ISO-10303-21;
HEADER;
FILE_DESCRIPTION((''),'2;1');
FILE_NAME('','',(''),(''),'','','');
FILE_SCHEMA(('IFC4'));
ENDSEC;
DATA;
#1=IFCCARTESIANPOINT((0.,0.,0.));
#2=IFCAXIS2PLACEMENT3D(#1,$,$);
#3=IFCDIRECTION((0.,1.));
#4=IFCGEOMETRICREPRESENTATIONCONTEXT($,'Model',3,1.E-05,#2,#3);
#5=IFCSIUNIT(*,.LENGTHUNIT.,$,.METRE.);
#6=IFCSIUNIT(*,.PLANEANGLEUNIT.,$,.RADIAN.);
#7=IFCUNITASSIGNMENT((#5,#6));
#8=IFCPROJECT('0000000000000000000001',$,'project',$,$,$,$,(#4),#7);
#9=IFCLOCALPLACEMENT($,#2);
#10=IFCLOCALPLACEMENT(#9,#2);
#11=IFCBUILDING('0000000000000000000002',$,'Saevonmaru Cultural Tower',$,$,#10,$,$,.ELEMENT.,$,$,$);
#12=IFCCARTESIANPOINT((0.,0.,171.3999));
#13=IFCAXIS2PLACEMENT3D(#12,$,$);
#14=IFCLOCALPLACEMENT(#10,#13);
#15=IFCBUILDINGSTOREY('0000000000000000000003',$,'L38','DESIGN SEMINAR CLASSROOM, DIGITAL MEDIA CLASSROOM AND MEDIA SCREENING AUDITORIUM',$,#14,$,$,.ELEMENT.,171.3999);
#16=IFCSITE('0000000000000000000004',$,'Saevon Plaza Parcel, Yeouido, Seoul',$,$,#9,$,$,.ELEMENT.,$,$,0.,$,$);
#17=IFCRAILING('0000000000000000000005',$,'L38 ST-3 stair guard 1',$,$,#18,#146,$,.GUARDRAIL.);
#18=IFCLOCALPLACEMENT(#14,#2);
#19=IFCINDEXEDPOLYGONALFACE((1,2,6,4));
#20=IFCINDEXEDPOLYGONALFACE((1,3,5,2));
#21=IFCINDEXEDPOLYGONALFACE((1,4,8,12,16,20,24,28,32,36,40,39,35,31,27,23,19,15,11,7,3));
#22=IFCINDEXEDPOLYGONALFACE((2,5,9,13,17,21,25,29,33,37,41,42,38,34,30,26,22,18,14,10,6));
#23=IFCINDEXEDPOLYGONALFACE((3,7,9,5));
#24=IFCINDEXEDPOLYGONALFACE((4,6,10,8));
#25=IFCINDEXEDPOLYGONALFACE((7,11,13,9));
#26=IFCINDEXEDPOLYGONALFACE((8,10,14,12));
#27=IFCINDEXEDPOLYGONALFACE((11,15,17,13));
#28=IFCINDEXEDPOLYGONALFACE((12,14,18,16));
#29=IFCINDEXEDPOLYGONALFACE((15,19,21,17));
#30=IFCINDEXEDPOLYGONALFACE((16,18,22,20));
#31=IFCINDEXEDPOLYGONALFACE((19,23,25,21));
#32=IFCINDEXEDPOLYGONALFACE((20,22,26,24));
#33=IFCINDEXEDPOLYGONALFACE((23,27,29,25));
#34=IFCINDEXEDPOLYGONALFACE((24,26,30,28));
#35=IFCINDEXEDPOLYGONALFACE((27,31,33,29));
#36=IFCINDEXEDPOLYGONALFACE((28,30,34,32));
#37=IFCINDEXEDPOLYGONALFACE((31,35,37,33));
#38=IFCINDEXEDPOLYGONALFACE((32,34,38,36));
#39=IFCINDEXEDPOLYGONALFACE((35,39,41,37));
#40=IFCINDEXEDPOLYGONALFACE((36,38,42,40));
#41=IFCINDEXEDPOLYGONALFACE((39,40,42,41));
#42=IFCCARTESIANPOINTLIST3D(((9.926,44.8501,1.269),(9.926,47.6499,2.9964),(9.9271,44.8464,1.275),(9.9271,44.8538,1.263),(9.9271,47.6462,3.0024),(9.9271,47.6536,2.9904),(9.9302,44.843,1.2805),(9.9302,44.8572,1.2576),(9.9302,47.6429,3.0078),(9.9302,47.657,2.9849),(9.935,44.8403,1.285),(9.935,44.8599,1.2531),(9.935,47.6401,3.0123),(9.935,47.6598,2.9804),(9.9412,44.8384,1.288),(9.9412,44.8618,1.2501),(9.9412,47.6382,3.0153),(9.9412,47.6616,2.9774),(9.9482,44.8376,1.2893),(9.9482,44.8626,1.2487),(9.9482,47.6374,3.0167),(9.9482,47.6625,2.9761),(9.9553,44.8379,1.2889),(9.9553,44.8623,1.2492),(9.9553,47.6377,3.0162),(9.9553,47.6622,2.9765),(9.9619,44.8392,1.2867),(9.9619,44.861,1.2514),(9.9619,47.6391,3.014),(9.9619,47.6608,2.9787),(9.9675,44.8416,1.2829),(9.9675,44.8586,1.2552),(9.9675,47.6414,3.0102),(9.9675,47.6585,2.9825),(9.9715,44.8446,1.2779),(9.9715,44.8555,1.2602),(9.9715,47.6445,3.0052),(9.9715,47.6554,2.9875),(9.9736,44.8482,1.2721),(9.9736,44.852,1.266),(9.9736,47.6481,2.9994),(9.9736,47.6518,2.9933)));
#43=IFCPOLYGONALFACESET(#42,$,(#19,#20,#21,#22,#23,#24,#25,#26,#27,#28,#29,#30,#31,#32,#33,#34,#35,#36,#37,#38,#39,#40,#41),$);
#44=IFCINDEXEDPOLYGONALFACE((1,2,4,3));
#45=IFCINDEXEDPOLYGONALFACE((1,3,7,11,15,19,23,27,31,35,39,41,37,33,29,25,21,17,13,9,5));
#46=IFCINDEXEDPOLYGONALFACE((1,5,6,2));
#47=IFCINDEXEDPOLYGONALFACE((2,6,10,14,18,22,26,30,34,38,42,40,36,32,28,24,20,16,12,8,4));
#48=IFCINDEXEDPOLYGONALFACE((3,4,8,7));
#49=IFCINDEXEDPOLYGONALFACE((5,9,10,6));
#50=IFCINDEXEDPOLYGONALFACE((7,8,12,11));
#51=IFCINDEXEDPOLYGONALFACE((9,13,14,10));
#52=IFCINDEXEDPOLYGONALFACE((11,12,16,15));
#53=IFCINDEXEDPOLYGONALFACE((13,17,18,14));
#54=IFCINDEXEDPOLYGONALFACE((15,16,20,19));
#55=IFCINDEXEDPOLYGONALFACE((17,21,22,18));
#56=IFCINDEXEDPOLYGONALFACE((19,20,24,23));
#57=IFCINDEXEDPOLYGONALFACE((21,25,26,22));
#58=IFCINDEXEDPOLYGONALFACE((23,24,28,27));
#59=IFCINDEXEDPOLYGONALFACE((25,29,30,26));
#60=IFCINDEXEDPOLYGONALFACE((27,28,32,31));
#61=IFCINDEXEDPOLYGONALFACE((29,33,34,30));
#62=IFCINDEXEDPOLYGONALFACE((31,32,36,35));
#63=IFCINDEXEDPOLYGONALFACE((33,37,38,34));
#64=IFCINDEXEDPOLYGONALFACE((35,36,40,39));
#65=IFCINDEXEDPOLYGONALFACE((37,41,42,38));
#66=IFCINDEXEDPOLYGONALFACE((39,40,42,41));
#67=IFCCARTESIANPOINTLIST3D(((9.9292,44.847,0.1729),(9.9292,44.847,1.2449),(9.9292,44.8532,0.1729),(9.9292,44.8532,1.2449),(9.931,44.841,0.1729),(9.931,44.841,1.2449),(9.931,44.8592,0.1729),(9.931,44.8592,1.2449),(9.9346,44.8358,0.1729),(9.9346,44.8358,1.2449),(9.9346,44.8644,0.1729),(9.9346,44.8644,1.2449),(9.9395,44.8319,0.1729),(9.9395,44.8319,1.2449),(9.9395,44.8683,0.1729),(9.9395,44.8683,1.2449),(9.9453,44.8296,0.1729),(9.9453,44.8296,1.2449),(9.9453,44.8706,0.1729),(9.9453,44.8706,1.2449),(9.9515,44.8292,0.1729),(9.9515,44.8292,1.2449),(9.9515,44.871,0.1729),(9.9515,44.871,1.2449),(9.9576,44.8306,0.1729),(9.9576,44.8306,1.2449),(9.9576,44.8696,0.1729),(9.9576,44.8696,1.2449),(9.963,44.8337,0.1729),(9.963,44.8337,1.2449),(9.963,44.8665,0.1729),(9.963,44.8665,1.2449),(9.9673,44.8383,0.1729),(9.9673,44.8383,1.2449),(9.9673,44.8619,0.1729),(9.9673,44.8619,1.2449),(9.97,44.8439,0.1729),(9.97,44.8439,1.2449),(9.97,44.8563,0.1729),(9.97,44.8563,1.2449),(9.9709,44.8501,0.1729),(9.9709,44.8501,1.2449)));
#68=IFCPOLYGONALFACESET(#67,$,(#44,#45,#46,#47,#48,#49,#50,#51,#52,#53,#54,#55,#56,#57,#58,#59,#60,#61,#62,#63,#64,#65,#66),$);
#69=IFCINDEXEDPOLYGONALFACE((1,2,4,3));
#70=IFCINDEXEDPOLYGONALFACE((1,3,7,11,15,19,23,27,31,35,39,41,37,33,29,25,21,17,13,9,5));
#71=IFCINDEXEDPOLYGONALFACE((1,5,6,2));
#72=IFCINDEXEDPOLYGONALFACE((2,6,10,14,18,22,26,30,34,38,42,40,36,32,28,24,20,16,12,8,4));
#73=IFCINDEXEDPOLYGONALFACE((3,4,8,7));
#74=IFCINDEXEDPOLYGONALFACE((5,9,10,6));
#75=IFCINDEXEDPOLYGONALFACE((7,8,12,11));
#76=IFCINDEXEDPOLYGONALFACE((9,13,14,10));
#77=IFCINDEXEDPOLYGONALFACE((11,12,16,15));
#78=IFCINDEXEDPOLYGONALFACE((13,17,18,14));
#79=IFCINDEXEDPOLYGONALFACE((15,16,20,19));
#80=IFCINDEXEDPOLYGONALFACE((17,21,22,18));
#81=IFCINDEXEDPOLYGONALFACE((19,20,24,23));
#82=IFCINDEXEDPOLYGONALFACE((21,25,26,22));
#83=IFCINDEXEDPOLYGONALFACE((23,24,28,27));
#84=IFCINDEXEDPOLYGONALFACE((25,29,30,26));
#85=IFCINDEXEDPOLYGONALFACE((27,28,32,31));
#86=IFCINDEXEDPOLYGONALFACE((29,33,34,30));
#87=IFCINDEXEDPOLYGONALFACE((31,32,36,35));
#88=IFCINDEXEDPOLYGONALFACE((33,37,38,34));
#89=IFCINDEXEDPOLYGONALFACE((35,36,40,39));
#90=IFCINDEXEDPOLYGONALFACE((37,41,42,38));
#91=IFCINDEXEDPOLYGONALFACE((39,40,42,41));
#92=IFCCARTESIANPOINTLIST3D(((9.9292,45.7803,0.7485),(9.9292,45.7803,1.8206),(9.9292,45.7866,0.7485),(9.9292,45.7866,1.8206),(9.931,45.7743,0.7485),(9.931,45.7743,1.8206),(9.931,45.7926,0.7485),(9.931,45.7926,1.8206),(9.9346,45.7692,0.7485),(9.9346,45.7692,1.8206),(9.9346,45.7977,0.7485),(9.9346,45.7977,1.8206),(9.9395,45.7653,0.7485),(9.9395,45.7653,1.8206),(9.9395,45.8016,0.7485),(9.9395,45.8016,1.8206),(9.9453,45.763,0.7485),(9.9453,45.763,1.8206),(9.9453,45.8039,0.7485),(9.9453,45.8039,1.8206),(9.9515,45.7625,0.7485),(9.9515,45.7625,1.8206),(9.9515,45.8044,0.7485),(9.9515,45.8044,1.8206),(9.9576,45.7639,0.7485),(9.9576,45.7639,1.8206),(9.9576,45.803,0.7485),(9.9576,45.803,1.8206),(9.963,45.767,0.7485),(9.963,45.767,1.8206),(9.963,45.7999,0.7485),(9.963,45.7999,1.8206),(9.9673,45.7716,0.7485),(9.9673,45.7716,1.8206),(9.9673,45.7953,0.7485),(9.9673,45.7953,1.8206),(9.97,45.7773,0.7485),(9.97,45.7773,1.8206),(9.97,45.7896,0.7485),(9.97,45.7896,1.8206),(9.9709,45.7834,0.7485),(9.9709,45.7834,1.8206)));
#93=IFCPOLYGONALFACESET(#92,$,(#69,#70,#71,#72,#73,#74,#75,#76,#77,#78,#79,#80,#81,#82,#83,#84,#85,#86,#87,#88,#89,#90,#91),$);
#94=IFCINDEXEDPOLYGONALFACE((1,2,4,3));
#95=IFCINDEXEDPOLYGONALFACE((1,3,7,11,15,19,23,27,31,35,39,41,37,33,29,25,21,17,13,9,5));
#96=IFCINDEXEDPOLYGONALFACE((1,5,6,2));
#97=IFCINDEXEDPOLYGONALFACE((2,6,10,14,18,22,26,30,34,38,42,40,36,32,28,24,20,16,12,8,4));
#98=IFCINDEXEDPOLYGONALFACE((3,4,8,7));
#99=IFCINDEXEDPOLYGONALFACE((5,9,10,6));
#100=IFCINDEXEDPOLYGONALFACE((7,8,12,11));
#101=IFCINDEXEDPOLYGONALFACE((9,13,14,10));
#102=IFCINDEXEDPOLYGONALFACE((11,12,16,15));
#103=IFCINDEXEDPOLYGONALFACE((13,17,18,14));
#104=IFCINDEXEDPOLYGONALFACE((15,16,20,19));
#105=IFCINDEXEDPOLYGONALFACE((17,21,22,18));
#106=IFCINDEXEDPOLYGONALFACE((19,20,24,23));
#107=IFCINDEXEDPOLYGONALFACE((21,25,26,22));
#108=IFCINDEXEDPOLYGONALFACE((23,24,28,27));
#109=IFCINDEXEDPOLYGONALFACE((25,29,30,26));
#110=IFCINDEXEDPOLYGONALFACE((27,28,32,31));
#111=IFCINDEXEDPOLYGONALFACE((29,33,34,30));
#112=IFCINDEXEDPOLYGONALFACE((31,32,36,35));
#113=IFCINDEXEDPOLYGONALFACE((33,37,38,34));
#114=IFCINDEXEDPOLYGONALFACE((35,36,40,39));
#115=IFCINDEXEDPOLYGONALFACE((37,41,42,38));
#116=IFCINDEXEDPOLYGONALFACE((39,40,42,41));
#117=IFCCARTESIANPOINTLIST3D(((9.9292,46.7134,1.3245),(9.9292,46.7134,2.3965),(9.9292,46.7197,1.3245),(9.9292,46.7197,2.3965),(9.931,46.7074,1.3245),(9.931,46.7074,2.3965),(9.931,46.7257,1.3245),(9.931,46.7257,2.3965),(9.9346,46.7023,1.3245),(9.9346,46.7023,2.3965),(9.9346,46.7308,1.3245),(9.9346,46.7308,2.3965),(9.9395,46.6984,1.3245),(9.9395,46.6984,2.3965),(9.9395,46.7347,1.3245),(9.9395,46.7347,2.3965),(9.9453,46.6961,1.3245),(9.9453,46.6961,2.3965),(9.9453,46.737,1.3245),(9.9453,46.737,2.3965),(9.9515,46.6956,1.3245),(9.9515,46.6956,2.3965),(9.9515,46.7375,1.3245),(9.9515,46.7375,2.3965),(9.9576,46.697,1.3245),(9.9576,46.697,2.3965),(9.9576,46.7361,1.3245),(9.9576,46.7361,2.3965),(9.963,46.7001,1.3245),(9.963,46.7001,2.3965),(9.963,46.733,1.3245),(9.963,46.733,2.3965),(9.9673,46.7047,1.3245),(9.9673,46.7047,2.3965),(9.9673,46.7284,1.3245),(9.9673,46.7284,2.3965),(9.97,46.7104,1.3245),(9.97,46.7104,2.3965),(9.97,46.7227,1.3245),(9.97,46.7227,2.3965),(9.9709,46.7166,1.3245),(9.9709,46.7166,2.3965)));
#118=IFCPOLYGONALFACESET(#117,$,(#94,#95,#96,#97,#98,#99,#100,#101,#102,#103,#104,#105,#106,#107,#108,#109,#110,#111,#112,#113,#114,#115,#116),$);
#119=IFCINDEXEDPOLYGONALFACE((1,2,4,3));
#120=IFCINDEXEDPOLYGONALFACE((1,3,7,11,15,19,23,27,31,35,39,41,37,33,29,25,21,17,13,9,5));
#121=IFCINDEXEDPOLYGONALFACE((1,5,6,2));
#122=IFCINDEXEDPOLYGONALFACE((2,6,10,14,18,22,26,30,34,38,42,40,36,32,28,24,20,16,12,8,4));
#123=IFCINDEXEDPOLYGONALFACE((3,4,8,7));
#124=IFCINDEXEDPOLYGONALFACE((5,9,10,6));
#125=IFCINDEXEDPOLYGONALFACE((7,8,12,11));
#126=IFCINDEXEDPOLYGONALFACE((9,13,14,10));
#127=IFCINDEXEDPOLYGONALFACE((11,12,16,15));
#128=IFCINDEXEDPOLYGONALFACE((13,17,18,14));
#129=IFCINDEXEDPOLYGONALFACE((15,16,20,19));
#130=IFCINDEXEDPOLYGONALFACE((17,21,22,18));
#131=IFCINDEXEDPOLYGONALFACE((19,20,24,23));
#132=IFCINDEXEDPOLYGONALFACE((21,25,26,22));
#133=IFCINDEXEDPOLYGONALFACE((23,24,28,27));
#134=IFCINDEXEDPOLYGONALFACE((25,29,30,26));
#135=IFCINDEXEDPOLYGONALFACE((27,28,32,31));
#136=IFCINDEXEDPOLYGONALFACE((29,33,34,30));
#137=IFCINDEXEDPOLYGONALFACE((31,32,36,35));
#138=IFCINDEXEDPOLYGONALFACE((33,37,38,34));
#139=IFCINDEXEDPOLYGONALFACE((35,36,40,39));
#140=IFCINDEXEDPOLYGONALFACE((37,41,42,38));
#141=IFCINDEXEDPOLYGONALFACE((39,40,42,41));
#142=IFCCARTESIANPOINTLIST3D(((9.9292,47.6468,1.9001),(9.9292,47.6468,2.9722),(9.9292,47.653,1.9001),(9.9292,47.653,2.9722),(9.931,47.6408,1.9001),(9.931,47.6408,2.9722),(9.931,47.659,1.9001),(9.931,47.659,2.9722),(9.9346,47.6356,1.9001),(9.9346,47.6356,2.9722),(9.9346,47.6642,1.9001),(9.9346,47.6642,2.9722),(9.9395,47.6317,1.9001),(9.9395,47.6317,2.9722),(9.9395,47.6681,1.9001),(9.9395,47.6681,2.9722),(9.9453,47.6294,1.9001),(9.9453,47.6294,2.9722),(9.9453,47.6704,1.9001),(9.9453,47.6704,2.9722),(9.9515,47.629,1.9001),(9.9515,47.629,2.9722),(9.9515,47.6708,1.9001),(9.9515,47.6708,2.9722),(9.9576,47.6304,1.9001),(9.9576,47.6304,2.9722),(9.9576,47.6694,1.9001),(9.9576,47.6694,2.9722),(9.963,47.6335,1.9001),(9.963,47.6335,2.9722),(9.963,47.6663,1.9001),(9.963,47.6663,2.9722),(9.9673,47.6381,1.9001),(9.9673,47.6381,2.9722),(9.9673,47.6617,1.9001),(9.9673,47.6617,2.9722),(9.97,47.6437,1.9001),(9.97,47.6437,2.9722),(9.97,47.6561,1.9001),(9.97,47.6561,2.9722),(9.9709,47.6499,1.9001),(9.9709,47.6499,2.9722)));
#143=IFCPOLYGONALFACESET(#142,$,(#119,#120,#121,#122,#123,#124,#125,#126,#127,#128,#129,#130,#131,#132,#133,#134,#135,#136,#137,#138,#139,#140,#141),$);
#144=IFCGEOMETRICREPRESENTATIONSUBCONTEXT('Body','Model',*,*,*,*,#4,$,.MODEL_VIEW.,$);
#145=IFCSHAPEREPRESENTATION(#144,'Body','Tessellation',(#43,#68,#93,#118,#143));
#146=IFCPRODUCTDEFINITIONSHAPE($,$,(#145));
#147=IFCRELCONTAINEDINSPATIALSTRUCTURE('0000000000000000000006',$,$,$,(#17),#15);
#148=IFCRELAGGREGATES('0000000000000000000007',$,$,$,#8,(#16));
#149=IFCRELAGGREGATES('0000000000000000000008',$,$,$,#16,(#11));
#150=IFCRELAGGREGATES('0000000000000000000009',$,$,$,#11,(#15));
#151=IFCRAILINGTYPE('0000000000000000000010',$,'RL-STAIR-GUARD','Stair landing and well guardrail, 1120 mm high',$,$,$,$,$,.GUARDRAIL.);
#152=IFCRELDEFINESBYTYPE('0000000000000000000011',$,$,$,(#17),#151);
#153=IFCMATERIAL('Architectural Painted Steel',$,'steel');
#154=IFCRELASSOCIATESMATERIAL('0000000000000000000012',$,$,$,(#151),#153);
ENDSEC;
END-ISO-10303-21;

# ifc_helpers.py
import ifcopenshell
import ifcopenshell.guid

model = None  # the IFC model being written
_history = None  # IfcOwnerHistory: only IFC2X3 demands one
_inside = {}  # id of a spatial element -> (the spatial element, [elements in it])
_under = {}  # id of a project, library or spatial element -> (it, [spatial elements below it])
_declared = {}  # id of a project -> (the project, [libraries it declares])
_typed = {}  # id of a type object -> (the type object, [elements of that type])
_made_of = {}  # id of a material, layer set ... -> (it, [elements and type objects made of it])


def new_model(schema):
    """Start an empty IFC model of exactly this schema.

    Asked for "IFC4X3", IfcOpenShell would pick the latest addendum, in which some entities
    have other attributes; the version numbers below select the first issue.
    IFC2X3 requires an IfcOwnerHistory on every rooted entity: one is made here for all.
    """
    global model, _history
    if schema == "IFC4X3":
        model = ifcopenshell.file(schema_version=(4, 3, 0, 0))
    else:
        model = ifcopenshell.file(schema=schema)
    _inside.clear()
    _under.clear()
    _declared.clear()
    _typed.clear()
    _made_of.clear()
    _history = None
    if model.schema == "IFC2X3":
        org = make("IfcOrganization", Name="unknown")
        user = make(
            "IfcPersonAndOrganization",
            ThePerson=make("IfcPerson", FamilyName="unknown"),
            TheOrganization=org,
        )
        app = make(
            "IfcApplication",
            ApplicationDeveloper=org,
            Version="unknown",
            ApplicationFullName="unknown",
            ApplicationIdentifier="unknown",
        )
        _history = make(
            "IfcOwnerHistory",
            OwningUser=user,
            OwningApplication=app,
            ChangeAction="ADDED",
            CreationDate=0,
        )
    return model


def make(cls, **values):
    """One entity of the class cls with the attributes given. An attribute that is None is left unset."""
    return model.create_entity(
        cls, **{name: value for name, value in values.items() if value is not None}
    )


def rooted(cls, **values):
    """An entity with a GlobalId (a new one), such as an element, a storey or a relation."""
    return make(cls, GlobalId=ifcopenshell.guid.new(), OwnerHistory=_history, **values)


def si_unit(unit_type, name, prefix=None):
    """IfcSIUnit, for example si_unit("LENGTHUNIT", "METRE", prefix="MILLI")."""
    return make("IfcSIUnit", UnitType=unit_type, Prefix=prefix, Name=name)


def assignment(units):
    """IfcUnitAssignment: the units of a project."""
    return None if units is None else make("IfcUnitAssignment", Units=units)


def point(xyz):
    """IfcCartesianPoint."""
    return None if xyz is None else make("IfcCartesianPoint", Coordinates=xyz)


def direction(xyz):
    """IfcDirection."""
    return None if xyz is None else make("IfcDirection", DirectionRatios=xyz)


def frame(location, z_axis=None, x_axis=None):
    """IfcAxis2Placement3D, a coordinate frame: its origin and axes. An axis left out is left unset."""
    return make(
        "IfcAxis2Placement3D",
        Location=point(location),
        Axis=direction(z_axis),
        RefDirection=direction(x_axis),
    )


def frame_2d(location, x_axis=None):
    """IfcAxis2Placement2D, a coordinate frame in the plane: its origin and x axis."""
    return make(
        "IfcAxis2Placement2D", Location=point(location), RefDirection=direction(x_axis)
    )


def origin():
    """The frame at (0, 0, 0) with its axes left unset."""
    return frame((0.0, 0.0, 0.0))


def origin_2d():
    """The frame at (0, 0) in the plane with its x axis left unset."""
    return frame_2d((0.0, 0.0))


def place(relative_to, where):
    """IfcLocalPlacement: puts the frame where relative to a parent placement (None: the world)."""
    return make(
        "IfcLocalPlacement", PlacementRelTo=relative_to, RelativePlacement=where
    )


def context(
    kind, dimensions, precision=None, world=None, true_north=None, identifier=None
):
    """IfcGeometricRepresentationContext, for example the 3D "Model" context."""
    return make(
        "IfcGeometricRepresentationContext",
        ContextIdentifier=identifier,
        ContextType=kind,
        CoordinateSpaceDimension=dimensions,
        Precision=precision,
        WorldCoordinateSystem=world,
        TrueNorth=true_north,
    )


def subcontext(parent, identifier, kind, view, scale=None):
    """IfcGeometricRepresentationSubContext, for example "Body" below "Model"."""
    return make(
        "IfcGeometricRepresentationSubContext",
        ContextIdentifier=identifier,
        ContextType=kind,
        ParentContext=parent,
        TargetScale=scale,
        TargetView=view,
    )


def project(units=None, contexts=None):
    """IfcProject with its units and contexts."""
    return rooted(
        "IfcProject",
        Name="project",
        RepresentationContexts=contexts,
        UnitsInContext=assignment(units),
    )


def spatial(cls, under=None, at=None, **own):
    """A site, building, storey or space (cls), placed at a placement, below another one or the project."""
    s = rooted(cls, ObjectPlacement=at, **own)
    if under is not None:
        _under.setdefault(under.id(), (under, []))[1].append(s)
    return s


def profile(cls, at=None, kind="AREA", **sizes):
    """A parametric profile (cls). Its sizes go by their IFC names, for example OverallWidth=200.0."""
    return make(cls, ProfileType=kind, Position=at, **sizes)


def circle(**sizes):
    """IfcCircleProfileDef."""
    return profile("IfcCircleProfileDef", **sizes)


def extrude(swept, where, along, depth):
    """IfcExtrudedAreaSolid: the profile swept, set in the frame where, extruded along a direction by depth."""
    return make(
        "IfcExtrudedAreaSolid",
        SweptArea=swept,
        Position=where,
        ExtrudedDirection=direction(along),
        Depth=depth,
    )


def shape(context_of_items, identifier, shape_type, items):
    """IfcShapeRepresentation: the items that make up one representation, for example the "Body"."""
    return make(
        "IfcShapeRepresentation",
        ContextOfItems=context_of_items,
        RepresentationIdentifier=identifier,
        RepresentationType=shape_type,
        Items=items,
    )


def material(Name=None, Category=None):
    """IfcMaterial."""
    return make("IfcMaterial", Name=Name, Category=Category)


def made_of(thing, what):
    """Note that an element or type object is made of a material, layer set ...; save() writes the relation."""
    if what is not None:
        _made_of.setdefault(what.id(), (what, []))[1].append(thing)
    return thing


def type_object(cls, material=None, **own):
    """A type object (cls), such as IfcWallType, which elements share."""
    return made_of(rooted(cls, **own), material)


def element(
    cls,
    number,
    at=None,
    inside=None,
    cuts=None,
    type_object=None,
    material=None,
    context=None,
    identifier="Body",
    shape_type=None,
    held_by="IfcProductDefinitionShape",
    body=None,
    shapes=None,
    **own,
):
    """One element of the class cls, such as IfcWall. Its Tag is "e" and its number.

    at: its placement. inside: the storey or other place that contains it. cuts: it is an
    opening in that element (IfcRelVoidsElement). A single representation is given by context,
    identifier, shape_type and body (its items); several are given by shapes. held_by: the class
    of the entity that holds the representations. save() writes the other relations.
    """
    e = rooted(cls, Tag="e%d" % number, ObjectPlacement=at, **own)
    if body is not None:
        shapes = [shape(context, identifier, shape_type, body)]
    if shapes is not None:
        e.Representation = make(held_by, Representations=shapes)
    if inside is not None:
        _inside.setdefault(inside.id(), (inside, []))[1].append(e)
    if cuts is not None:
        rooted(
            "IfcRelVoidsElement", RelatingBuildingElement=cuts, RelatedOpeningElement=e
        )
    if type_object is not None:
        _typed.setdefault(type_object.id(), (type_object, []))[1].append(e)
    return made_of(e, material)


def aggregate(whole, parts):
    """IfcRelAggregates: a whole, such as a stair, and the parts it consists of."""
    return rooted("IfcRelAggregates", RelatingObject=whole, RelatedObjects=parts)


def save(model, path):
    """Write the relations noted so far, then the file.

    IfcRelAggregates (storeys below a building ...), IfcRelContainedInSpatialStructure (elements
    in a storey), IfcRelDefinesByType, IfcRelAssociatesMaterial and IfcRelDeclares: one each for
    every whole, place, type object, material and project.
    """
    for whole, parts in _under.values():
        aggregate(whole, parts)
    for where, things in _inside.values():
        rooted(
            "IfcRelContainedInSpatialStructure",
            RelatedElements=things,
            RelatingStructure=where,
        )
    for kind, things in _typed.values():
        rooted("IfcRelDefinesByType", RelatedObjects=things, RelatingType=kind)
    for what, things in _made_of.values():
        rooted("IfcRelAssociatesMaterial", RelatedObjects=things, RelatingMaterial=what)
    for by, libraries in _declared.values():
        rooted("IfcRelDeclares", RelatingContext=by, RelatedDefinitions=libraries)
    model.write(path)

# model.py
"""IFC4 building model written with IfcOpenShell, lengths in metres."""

from ifc_helpers import new_model, si_unit, direction, frame, origin, origin_2d, place, context, subcontext, project, spatial, circle, extrude, material, type_object, element, save


model = new_model("IFC4")

# Units and contexts
model_context = context("Model", 3, precision=1e-05, world=origin(), true_north=direction((0.0, 1.0)))
body_context = subcontext(model_context, "Body", "Model", "MODEL_VIEW")
ifc_project = project(units=[si_unit("LENGTHUNIT", "METRE"), si_unit("PLANEANGLEUNIT", "RADIAN")], contexts=[model_context])

# Site, building, storey
site_placement = place(None, origin())
site = spatial("IfcSite", under=ifc_project, at=site_placement, Name="Saevon Plaza Parcel, Yeouido, Seoul", CompositionType="ELEMENT", RefElevation=0.0)
building_placement = place(site_placement, origin())
building = spatial("IfcBuilding", under=site, at=building_placement, Name="Saevonmaru Cultural Tower", CompositionType="ELEMENT")
storey_placement = place(building_placement, frame((0.0, 0.0, 171.3999)))
storey = spatial("IfcBuildingStorey", under=building, at=storey_placement, Name="L38", Description="DESIGN SEMINAR CLASSROOM, DIGITAL MEDIA CLASSROOM AND MEDIA SCREENING AUDITORIUM", CompositionType="ELEMENT", Elevation=171.3999)

# Railing
ifc_material_1 = material(Name="Architectural Painted Steel", Category="steel")
railing_type_1 = type_object("IfcRailingType", Name="RL-STAIR-GUARD", Description="Stair landing and well guardrail, 1120 mm high", PredefinedType="GUARDRAIL", material=ifc_material_1)
railing_1_placement = place(storey_placement, frame((9.95, 44.8501, 0.1729)))
element("IfcRailing", 1, at=railing_1_placement, inside=storey, type_object=railing_type_1, Name="L38 ST-3 stair guard 1", PredefinedType="GUARDRAIL", context=body_context, shape_type="SweptSolid", body=[
    extrude(circle(Radius=0.0239, at=origin_2d()), frame((0.0, 0.0, 1.0962), z_axis=(0.0, 0.851069, 0.525054), x_axis=(-1.0, 0.0, 0.0)), (0.0, 0.0, 1.0), 3.2898),
    extrude(circle(Radius=0.021, at=origin_2d()), origin(), (0.0, 0.0, 1.0), 1.072),
    extrude(circle(Radius=0.021, at=origin_2d()), frame((0.0, 0.9333, 0.5757)), (0.0, 0.0, 1.0), 1.072),
    extrude(circle(Radius=0.021, at=origin_2d()), frame((0.0, 1.8665, 1.1516)), (0.0, 0.0, 1.0), 1.072),
    extrude(circle(Radius=0.021, at=origin_2d()), frame((0.0, 2.7998, 1.7273)), (0.0, 0.0, 1.0), 1.072),
])

save(model, "model.ifc")
